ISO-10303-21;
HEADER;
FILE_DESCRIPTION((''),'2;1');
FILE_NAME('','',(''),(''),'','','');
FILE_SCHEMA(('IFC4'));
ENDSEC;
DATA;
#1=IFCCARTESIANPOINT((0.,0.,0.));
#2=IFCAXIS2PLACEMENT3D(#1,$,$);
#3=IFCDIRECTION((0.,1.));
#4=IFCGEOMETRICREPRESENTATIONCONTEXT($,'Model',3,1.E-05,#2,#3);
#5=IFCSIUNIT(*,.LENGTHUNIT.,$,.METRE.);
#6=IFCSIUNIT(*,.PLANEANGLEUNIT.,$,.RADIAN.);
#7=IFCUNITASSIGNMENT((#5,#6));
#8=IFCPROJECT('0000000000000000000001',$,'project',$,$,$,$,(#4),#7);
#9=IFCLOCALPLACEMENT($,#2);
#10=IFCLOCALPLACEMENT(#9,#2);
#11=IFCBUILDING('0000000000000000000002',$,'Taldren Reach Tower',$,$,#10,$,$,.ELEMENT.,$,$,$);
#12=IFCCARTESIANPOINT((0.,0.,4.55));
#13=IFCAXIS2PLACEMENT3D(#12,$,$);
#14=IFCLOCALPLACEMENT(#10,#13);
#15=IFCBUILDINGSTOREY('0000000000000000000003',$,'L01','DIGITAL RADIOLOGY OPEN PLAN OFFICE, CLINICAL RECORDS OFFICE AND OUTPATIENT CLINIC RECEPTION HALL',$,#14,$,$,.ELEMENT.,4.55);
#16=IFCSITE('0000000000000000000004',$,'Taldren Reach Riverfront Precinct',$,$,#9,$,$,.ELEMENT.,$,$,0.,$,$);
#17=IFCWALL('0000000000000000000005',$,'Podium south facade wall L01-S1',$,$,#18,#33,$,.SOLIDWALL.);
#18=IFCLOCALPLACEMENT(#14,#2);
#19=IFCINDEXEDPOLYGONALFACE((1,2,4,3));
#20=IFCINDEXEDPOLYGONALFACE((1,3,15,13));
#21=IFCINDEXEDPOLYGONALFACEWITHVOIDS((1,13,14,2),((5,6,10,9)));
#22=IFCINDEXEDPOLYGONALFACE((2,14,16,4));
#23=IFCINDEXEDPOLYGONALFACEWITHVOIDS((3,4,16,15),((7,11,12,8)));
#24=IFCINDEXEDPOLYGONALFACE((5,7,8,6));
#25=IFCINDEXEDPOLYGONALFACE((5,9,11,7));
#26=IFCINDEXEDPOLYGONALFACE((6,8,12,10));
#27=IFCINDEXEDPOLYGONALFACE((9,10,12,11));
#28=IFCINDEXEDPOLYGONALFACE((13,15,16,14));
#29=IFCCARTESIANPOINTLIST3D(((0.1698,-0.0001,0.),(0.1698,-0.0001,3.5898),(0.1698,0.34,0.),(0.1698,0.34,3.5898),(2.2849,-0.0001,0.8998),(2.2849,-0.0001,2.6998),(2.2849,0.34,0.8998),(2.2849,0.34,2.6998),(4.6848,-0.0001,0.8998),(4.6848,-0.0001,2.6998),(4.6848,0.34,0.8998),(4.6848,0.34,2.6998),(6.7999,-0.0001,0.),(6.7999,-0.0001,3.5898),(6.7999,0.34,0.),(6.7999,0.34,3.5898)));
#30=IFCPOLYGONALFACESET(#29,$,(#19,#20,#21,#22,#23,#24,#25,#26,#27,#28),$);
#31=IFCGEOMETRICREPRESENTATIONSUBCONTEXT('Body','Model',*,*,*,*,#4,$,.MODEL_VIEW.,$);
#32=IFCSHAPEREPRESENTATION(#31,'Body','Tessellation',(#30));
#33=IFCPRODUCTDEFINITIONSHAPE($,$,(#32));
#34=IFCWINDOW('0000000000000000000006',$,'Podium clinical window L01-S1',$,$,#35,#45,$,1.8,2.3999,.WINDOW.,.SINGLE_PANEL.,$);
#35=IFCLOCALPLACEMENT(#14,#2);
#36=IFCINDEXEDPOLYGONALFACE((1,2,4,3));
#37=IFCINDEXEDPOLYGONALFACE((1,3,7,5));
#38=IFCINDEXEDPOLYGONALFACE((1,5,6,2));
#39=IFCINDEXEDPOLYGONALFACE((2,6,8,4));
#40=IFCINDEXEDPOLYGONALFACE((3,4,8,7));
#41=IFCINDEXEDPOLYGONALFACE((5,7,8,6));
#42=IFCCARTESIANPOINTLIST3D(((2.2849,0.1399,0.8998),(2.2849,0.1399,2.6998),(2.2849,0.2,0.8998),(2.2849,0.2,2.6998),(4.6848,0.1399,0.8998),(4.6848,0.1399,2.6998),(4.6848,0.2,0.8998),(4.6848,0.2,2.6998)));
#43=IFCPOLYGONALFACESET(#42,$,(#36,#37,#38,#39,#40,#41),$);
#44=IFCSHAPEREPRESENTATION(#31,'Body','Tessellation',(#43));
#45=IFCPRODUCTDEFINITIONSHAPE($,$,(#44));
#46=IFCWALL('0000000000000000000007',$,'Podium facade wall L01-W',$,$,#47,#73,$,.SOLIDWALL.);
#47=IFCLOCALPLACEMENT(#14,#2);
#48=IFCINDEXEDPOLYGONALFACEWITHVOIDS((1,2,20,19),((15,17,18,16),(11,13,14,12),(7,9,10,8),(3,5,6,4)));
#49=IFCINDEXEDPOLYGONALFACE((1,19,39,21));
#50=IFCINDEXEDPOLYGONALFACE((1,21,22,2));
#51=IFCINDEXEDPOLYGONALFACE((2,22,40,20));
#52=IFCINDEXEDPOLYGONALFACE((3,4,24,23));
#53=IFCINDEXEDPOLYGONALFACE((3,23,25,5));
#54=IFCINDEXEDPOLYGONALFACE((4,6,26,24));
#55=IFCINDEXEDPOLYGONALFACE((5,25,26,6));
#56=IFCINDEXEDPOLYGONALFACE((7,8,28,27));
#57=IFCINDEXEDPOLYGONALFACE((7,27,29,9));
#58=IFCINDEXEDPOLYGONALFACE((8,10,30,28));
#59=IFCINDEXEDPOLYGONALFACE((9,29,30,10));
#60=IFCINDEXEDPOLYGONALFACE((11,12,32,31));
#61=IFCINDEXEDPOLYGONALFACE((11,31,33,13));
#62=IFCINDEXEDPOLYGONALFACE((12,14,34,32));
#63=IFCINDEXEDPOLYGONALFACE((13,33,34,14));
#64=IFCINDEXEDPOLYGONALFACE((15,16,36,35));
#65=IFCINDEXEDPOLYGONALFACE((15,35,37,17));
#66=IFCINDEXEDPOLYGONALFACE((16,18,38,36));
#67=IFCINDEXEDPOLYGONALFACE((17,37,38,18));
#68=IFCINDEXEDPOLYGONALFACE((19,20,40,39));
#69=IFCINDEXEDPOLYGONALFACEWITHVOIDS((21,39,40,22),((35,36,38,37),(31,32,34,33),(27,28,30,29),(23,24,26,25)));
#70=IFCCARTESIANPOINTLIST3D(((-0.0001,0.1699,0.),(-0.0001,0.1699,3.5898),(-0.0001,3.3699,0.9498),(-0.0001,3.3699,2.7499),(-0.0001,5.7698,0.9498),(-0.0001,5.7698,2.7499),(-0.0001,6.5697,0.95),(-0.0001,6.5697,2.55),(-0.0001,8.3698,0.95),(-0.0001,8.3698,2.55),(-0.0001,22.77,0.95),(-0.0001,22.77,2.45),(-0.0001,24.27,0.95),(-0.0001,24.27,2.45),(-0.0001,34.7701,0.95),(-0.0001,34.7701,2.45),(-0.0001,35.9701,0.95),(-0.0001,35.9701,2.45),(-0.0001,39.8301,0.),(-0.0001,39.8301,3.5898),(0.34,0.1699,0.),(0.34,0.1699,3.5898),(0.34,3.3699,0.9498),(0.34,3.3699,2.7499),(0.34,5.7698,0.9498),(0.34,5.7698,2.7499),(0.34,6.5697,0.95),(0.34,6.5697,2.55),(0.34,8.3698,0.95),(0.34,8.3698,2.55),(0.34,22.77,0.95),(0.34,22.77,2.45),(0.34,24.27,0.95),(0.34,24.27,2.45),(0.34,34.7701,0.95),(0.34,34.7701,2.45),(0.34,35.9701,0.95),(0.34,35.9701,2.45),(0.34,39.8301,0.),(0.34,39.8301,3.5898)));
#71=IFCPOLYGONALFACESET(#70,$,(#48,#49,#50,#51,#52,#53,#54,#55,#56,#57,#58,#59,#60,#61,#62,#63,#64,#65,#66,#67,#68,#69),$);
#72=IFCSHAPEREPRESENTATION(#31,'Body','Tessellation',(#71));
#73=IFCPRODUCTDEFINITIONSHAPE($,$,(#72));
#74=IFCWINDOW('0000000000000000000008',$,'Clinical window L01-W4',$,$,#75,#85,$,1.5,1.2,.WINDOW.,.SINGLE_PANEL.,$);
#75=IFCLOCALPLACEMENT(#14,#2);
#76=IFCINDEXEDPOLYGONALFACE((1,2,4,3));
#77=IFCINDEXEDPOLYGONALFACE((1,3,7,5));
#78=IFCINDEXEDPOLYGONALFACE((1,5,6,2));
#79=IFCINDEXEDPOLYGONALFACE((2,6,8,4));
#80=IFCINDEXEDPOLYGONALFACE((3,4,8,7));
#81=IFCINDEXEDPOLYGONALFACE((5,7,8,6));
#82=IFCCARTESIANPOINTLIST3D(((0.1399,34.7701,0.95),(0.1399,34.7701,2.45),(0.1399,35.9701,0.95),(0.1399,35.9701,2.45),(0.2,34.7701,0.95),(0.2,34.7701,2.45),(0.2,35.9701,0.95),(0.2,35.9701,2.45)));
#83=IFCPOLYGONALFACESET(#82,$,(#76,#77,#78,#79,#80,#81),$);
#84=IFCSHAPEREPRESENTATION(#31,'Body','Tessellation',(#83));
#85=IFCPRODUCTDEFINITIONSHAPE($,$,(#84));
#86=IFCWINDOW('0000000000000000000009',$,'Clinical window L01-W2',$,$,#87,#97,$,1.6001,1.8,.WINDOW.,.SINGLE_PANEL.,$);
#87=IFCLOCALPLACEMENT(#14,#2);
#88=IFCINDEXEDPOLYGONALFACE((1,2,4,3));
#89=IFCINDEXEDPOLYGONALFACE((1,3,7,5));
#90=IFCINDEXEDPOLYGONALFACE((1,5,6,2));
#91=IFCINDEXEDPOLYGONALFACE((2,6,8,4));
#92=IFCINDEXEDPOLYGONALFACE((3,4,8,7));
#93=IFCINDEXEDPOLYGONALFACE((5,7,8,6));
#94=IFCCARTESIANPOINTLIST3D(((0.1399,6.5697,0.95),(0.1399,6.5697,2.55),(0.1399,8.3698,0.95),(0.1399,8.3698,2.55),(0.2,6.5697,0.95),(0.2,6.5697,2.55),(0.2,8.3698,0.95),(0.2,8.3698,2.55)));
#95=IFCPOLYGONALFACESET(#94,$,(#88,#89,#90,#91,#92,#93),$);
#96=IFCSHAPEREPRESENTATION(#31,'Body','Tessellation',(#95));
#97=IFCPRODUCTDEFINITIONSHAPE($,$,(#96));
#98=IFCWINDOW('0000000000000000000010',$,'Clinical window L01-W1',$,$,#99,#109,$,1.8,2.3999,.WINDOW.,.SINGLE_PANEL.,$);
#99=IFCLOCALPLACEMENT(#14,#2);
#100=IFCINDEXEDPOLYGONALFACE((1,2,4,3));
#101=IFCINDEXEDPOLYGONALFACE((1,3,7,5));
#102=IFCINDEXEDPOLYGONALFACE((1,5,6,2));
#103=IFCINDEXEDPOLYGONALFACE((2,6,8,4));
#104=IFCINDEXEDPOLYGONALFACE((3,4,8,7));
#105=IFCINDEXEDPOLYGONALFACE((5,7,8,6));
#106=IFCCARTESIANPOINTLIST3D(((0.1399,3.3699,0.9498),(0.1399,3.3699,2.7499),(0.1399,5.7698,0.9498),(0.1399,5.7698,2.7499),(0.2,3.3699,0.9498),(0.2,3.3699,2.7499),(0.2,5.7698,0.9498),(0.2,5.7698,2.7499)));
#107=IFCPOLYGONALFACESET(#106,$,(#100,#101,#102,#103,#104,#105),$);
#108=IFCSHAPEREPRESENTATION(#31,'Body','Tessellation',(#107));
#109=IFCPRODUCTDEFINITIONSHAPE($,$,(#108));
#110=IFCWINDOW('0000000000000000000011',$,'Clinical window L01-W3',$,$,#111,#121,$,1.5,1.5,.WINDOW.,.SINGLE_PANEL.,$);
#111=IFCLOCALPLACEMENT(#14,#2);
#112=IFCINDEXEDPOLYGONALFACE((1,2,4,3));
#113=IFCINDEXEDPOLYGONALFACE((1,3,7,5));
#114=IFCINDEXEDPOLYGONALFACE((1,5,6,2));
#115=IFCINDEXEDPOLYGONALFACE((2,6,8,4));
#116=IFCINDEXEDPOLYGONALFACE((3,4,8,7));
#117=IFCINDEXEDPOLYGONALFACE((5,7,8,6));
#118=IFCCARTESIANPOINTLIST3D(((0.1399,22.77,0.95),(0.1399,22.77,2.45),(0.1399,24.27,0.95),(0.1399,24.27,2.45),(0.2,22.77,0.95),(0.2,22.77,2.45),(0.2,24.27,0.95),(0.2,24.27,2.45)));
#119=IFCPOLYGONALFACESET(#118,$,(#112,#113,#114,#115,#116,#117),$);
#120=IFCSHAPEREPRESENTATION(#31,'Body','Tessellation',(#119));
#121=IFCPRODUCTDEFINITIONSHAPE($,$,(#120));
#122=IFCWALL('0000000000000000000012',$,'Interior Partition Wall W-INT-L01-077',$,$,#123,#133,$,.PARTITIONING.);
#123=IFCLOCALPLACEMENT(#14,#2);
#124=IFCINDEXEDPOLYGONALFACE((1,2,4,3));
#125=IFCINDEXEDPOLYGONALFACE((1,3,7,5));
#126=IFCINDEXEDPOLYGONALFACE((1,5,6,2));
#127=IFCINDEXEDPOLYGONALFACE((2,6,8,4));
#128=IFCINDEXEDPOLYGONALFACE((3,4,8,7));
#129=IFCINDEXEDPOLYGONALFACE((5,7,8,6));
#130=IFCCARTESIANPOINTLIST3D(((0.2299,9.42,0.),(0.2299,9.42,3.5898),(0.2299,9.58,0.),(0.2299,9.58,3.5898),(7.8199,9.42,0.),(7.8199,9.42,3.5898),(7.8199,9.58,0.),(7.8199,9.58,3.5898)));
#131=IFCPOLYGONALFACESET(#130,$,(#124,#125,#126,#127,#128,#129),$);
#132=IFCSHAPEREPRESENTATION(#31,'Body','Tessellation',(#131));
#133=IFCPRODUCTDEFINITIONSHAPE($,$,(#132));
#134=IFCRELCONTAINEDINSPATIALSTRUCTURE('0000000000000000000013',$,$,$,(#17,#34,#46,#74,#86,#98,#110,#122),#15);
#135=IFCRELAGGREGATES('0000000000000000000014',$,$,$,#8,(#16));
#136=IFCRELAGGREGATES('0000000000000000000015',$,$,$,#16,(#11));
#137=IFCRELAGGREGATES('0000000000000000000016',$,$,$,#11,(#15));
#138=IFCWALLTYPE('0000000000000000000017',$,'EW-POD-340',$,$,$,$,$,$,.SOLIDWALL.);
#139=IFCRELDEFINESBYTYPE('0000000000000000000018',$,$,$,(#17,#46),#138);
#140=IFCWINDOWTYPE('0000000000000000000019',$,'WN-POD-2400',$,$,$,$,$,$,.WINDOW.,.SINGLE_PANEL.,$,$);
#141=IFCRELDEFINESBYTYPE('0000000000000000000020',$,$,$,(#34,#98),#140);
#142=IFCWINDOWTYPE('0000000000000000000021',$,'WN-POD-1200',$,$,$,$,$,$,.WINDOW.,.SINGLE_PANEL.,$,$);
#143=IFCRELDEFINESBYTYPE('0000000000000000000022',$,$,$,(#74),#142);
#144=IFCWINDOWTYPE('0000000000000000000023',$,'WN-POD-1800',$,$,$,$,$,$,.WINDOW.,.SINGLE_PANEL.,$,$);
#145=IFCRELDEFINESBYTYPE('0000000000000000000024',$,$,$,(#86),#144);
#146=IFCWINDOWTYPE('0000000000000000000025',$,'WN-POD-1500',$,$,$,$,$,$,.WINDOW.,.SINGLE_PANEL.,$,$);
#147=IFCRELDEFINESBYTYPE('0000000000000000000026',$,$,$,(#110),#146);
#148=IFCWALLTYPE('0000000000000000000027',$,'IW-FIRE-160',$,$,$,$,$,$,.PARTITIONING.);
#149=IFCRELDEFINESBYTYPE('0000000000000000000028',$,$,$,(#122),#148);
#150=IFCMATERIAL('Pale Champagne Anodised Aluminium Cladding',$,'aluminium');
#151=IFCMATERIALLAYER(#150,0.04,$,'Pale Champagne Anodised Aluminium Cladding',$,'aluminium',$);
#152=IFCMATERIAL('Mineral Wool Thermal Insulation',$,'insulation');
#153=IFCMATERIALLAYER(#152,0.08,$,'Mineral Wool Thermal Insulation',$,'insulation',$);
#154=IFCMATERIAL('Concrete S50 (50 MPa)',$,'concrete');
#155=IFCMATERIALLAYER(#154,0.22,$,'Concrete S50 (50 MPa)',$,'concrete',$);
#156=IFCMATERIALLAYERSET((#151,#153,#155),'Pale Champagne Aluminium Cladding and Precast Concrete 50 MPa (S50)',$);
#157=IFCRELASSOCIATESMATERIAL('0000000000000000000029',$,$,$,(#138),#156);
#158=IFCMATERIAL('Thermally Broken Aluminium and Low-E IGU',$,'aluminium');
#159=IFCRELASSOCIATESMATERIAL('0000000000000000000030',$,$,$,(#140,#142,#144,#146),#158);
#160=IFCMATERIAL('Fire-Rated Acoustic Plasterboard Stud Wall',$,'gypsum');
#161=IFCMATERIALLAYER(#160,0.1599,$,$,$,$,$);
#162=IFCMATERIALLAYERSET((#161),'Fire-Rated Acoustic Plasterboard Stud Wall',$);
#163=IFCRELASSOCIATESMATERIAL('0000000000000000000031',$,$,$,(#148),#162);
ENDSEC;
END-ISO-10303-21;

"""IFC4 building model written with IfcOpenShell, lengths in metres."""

from ifc_helpers import new_model, si_unit, direction, frame, frame_2d, origin, place, context, subcontext, project, spatial, rectangle, extrude, source, transform, mapped, material, layer, layer_set, type_object, element, fill, save


model = new_model("IFC4")

# Units and contexts
model_context = context("Model", 3, precision=1e-05, world=origin(), true_north=direction((0.0, 1.0)))
body_context = subcontext(model_context, "Body", "Model", "MODEL_VIEW")
ifc_project = project(units=[si_unit("LENGTHUNIT", "METRE"), si_unit("PLANEANGLEUNIT", "RADIAN")], contexts=[model_context])

# Site, building, storey
site_placement = place(None, origin())
site = spatial("IfcSite", under=ifc_project, at=site_placement, Name="Taldren Reach Riverfront Precinct", CompositionType="ELEMENT", RefElevation=0.0)
building_placement = place(site_placement, origin())
building = spatial("IfcBuilding", under=site, at=building_placement, Name="Taldren Reach Tower", CompositionType="ELEMENT")
storey_placement = place(building_placement, frame((0.0, 0.0, 4.55)))
storey = spatial("IfcBuildingStorey", under=building, at=storey_placement, Name="L01", Description="DIGITAL RADIOLOGY OPEN PLAN OFFICE, CLINICAL RECORDS OFFICE AND OUTPATIENT CLINIC RECEPTION HALL", CompositionType="ELEMENT", Elevation=4.55)

# Shared definitions
ifc_material_1 = material(Name="Concrete S50 (50 MPa)", Category="concrete")

# Wall, opening, window
ifc_material_2 = material(Name="Pale Champagne Anodised Aluminium Cladding", Category="aluminium")
ifc_layer_1 = layer(ifc_material_2, 0.04, Name="Pale Champagne Anodised Aluminium Cladding", Category="aluminium")
ifc_material_3 = material(Name="Mineral Wool Thermal Insulation", Category="insulation")
ifc_layer_2 = layer(ifc_material_3, 0.08, Name="Mineral Wool Thermal Insulation", Category="insulation")
ifc_layer_3 = layer(ifc_material_1, 0.22, Name="Concrete S50 (50 MPa)", Category="concrete")
ifc_layer_set_1 = layer_set([ifc_layer_1, ifc_layer_2, ifc_layer_3], Name="Pale Champagne Aluminium Cladding and Precast Concrete 50 MPa (S50)")
wall_type_1 = type_object("IfcWallType", Name="EW-POD-340", PredefinedType="SOLIDWALL", material=ifc_layer_set_1)
shared_shape_1 = source(origin(), body_context, "Body", "SweptSolid", [
    extrude(rectangle(XDim=6.6301, YDim=0.3401, at=frame_2d((3.3149, 0.0))), origin(), (0.0, 0.0, 1.0), 3.5898),
])
wall_1_placement = place(storey_placement, frame((0.1699, 0.1699, 0.0), z_axis=(0.0, 0.0, 1.0), x_axis=(1.0, 0.0, 0.0)))
wall_1 = element("IfcWall", 1, at=wall_1_placement, inside=storey, type_object=wall_type_1, Name="Podium south facade wall L01-S1", PredefinedType="SOLIDWALL", context=body_context, shape_type="MappedRepresentation", body=[
    mapped(shared_shape_1, transform((0.0, 0.0, 0.0), scale=1.0)),
])
shared_shape_2 = source(origin(), body_context, "Body", "SweptSolid", [
    extrude(rectangle(XDim=2.3999, YDim=1.8, at=frame_2d((1.2, 0.8999))), frame((0.0, 0.1802, 0.0), z_axis=(0.0, -1.0, 0.0), x_axis=(1.0, 0.0, 0.0)), (0.0, 0.0, 1.0), 0.3601),
])
opening_1_placement = place(wall_1_placement, frame((2.115, 0.0, 0.8999)))
opening_1 = element("IfcOpeningElement", 2, at=opening_1_placement, cuts=wall_1, PredefinedType="OPENING", context=body_context, shape_type="MappedRepresentation", body=[
    mapped(shared_shape_2, transform((0.0, 0.0, 0.0), scale=1.0)),
])
ifc_material_4 = material(Name="Thermally Broken Aluminium and Low-E IGU", Category="aluminium")
window_type_1 = type_object("IfcWindowType", Name="WN-POD-2400", PartitioningType="SINGLE_PANEL", PredefinedType="WINDOW", material=ifc_material_4)
shared_shape_3 = source(origin(), body_context, "Body", "SweptSolid", [
    extrude(rectangle(XDim=2.3999, YDim=1.8, at=frame_2d((1.2, 0.8999))), frame((0.0, 0.03, 0.0), z_axis=(0.0, -1.0, 0.0), x_axis=(1.0, 0.0, 0.0)), (0.0, 0.0, 1.0), 0.0601),
])
window_1_placement = place(opening_1_placement, origin())
window_1 = element("IfcWindow", 3, at=window_1_placement, inside=storey, type_object=window_type_1, Name="Podium clinical window L01-S1", OverallHeight=1.8, OverallWidth=2.3999, PartitioningType="SINGLE_PANEL", PredefinedType="WINDOW", context=body_context, shape_type="MappedRepresentation", body=[
    mapped(shared_shape_3, transform((0.0, 0.0, 0.0), scale=1.0)),
])
fill(opening_1, window_1)

# Wall, openings, windows
shared_shape_4 = source(origin(), body_context, "Body", "SweptSolid", [
    extrude(rectangle(XDim=39.6602, YDim=0.3401, at=frame_2d((19.8301, 0.0))), origin(), (0.0, 0.0, 1.0), 3.5898),
])
wall_2_placement = place(storey_placement, frame((0.1699, 0.1699, 0.0), z_axis=(0.0, 0.0, 1.0), x_axis=(0.0, 1.0, 0.0)))
wall_2 = element("IfcWall", 4, at=wall_2_placement, inside=storey, type_object=wall_type_1, Name="Podium facade wall L01-W", PredefinedType="SOLIDWALL", context=body_context, shape_type="MappedRepresentation", body=[
    mapped(shared_shape_4, transform((0.0, 0.0, 0.0), scale=1.0)),
])
opening_2_placement = place(wall_2_placement, frame((3.2, 0.0, 0.95)))
opening_2 = element("IfcOpeningElement", 5, at=opening_2_placement, cuts=wall_2, PredefinedType="OPENING", context=body_context, shape_type="MappedRepresentation", body=[
    mapped(shared_shape_2, transform((0.0, 0.0, 0.0), scale=1.0)),
])
shared_shape_5 = source(origin(), body_context, "Body", "SweptSolid", [
    extrude(rectangle(XDim=1.8, YDim=1.6001, at=frame_2d((0.8999, 0.8))), frame((0.0, 0.1802, 0.0), z_axis=(0.0, -1.0, 0.0), x_axis=(1.0, 0.0, 0.0)), (0.0, 0.0, 1.0), 0.3601),
])
opening_3_placement = place(wall_2_placement, frame((6.3999, 0.0, 0.95)))
opening_3 = element("IfcOpeningElement", 6, at=opening_3_placement, cuts=wall_2, PredefinedType="OPENING", context=body_context, shape_type="MappedRepresentation", body=[
    mapped(shared_shape_5, transform((0.0, 0.0, 0.0), scale=1.0)),
])
shared_shape_6 = source(origin(), body_context, "Body", "SweptSolid", [
    extrude(rectangle(XDim=1.5, YDim=1.5, at=frame_2d((0.75, 0.75))), frame((0.0, 0.1802, 0.0), z_axis=(0.0, -1.0, 0.0), x_axis=(1.0, 0.0, 0.0)), (0.0, 0.0, 1.0), 0.3601),
])
opening_4_placement = place(wall_2_placement, frame((22.6001, 0.0, 0.95)))
opening_4 = element("IfcOpeningElement", 7, at=opening_4_placement, cuts=wall_2, PredefinedType="OPENING", context=body_context, shape_type="MappedRepresentation", body=[
    mapped(shared_shape_6, transform((0.0, 0.0, 0.0), scale=1.0)),
])
shared_shape_7 = source(origin(), body_context, "Body", "SweptSolid", [
    extrude(rectangle(XDim=1.2, YDim=1.5, at=frame_2d((0.6001, 0.75))), frame((0.0, 0.1802, 0.0), z_axis=(0.0, -1.0, 0.0), x_axis=(1.0, 0.0, 0.0)), (0.0, 0.0, 1.0), 0.3601),
])
opening_5_placement = place(wall_2_placement, frame((34.6001, 0.0, 0.95)))
opening_5 = element("IfcOpeningElement", 8, at=opening_5_placement, cuts=wall_2, PredefinedType="OPENING", context=body_context, shape_type="MappedRepresentation", body=[
    mapped(shared_shape_7, transform((0.0, 0.0, 0.0), scale=1.0)),
])
window_type_2 = type_object("IfcWindowType", Name="WN-POD-1200", PartitioningType="SINGLE_PANEL", PredefinedType="WINDOW", material=ifc_material_4)
shared_shape_8 = source(origin(), body_context, "Body", "SweptSolid", [
    extrude(rectangle(XDim=1.2, YDim=1.5, at=frame_2d((0.6001, 0.75))), frame((0.0, 0.03, 0.0), z_axis=(0.0, -1.0, 0.0), x_axis=(1.0, 0.0, 0.0)), (0.0, 0.0, 1.0), 0.0601),
])
window_2_placement = place(opening_5_placement, origin())
window_2 = element("IfcWindow", 9, at=window_2_placement, inside=storey, type_object=window_type_2, Name="Clinical window L01-W4", OverallHeight=1.5, OverallWidth=1.2, PartitioningType="SINGLE_PANEL", PredefinedType="WINDOW", context=body_context, shape_type="MappedRepresentation", body=[
    mapped(shared_shape_8, transform((0.0, 0.0, 0.0), scale=1.0)),
])
fill(opening_5, window_2)
window_type_3 = type_object("IfcWindowType", Name="WN-POD-1800", PartitioningType="SINGLE_PANEL", PredefinedType="WINDOW", material=ifc_material_4)
shared_shape_9 = source(origin(), body_context, "Body", "SweptSolid", [
    extrude(rectangle(XDim=1.8, YDim=1.6001, at=frame_2d((0.8999, 0.8))), frame((0.0, 0.03, 0.0), z_axis=(0.0, -1.0, 0.0), x_axis=(1.0, 0.0, 0.0)), (0.0, 0.0, 1.0), 0.0601),
])
window_3_placement = place(opening_3_placement, origin())
window_3 = element("IfcWindow", 10, at=window_3_placement, inside=storey, type_object=window_type_3, Name="Clinical window L01-W2", OverallHeight=1.6001, OverallWidth=1.8, PartitioningType="SINGLE_PANEL", PredefinedType="WINDOW", context=body_context, shape_type="MappedRepresentation", body=[
    mapped(shared_shape_9, transform((0.0, 0.0, 0.0), scale=1.0)),
])
fill(opening_3, window_3)
window_4_placement = place(opening_2_placement, origin())
window_4 = element("IfcWindow", 11, at=window_4_placement, inside=storey, type_object=window_type_1, Name="Clinical window L01-W1", OverallHeight=1.8, OverallWidth=2.3999, PartitioningType="SINGLE_PANEL", PredefinedType="WINDOW", context=body_context, shape_type="MappedRepresentation", body=[
    mapped(shared_shape_3, transform((0.0, 0.0, 0.0), scale=1.0)),
])
fill(opening_2, window_4)
window_type_4 = type_object("IfcWindowType", Name="WN-POD-1500", PartitioningType="SINGLE_PANEL", PredefinedType="WINDOW", material=ifc_material_4)
shared_shape_10 = source(origin(), body_context, "Body", "SweptSolid", [
    extrude(rectangle(XDim=1.5, YDim=1.5, at=frame_2d((0.75, 0.75))), frame((0.0, 0.03, 0.0), z_axis=(0.0, -1.0, 0.0), x_axis=(1.0, 0.0, 0.0)), (0.0, 0.0, 1.0), 0.0601),
])
window_5_placement = place(opening_4_placement, origin())
window_5 = element("IfcWindow", 12, at=window_5_placement, inside=storey, type_object=window_type_4, Name="Clinical window L01-W3", OverallHeight=1.5, OverallWidth=1.5, PartitioningType="SINGLE_PANEL", PredefinedType="WINDOW", context=body_context, shape_type="MappedRepresentation", body=[
    mapped(shared_shape_10, transform((0.0, 0.0, 0.0), scale=1.0)),
])
fill(opening_4, window_5)

# Wall
ifc_material_5 = material(Name="Fire-Rated Acoustic Plasterboard Stud Wall", Category="gypsum")
ifc_layer_4 = layer(ifc_material_5, 0.1599)
ifc_layer_set_2 = layer_set([ifc_layer_4], Name="Fire-Rated Acoustic Plasterboard Stud Wall")
wall_type_2 = type_object("IfcWallType", Name="IW-FIRE-160", PredefinedType="PARTITIONING", material=ifc_layer_set_2)
shared_shape_11 = source(origin(), body_context, "Body", "SweptSolid", [
    extrude(rectangle(XDim=7.5901, YDim=0.1599, at=frame_2d((3.7949, 0.0))), origin(), (0.0, 0.0, 1.0), 3.5898),
])
wall_3_placement = place(storey_placement, frame((0.23, 9.5, 0.0), z_axis=(0.0, 0.0, 1.0), x_axis=(1.0, 0.0, 0.0)))
element("IfcWall", 13, at=wall_3_placement, inside=storey, type_object=wall_type_2, Name="Interior Partition Wall W-INT-L01-077", PredefinedType="PARTITIONING", context=body_context, shape_type="MappedRepresentation", body=[
    mapped(shared_shape_11, transform((0.0, 0.0, 0.0), scale=1.0)),
])

save(model, "model.ifc")
